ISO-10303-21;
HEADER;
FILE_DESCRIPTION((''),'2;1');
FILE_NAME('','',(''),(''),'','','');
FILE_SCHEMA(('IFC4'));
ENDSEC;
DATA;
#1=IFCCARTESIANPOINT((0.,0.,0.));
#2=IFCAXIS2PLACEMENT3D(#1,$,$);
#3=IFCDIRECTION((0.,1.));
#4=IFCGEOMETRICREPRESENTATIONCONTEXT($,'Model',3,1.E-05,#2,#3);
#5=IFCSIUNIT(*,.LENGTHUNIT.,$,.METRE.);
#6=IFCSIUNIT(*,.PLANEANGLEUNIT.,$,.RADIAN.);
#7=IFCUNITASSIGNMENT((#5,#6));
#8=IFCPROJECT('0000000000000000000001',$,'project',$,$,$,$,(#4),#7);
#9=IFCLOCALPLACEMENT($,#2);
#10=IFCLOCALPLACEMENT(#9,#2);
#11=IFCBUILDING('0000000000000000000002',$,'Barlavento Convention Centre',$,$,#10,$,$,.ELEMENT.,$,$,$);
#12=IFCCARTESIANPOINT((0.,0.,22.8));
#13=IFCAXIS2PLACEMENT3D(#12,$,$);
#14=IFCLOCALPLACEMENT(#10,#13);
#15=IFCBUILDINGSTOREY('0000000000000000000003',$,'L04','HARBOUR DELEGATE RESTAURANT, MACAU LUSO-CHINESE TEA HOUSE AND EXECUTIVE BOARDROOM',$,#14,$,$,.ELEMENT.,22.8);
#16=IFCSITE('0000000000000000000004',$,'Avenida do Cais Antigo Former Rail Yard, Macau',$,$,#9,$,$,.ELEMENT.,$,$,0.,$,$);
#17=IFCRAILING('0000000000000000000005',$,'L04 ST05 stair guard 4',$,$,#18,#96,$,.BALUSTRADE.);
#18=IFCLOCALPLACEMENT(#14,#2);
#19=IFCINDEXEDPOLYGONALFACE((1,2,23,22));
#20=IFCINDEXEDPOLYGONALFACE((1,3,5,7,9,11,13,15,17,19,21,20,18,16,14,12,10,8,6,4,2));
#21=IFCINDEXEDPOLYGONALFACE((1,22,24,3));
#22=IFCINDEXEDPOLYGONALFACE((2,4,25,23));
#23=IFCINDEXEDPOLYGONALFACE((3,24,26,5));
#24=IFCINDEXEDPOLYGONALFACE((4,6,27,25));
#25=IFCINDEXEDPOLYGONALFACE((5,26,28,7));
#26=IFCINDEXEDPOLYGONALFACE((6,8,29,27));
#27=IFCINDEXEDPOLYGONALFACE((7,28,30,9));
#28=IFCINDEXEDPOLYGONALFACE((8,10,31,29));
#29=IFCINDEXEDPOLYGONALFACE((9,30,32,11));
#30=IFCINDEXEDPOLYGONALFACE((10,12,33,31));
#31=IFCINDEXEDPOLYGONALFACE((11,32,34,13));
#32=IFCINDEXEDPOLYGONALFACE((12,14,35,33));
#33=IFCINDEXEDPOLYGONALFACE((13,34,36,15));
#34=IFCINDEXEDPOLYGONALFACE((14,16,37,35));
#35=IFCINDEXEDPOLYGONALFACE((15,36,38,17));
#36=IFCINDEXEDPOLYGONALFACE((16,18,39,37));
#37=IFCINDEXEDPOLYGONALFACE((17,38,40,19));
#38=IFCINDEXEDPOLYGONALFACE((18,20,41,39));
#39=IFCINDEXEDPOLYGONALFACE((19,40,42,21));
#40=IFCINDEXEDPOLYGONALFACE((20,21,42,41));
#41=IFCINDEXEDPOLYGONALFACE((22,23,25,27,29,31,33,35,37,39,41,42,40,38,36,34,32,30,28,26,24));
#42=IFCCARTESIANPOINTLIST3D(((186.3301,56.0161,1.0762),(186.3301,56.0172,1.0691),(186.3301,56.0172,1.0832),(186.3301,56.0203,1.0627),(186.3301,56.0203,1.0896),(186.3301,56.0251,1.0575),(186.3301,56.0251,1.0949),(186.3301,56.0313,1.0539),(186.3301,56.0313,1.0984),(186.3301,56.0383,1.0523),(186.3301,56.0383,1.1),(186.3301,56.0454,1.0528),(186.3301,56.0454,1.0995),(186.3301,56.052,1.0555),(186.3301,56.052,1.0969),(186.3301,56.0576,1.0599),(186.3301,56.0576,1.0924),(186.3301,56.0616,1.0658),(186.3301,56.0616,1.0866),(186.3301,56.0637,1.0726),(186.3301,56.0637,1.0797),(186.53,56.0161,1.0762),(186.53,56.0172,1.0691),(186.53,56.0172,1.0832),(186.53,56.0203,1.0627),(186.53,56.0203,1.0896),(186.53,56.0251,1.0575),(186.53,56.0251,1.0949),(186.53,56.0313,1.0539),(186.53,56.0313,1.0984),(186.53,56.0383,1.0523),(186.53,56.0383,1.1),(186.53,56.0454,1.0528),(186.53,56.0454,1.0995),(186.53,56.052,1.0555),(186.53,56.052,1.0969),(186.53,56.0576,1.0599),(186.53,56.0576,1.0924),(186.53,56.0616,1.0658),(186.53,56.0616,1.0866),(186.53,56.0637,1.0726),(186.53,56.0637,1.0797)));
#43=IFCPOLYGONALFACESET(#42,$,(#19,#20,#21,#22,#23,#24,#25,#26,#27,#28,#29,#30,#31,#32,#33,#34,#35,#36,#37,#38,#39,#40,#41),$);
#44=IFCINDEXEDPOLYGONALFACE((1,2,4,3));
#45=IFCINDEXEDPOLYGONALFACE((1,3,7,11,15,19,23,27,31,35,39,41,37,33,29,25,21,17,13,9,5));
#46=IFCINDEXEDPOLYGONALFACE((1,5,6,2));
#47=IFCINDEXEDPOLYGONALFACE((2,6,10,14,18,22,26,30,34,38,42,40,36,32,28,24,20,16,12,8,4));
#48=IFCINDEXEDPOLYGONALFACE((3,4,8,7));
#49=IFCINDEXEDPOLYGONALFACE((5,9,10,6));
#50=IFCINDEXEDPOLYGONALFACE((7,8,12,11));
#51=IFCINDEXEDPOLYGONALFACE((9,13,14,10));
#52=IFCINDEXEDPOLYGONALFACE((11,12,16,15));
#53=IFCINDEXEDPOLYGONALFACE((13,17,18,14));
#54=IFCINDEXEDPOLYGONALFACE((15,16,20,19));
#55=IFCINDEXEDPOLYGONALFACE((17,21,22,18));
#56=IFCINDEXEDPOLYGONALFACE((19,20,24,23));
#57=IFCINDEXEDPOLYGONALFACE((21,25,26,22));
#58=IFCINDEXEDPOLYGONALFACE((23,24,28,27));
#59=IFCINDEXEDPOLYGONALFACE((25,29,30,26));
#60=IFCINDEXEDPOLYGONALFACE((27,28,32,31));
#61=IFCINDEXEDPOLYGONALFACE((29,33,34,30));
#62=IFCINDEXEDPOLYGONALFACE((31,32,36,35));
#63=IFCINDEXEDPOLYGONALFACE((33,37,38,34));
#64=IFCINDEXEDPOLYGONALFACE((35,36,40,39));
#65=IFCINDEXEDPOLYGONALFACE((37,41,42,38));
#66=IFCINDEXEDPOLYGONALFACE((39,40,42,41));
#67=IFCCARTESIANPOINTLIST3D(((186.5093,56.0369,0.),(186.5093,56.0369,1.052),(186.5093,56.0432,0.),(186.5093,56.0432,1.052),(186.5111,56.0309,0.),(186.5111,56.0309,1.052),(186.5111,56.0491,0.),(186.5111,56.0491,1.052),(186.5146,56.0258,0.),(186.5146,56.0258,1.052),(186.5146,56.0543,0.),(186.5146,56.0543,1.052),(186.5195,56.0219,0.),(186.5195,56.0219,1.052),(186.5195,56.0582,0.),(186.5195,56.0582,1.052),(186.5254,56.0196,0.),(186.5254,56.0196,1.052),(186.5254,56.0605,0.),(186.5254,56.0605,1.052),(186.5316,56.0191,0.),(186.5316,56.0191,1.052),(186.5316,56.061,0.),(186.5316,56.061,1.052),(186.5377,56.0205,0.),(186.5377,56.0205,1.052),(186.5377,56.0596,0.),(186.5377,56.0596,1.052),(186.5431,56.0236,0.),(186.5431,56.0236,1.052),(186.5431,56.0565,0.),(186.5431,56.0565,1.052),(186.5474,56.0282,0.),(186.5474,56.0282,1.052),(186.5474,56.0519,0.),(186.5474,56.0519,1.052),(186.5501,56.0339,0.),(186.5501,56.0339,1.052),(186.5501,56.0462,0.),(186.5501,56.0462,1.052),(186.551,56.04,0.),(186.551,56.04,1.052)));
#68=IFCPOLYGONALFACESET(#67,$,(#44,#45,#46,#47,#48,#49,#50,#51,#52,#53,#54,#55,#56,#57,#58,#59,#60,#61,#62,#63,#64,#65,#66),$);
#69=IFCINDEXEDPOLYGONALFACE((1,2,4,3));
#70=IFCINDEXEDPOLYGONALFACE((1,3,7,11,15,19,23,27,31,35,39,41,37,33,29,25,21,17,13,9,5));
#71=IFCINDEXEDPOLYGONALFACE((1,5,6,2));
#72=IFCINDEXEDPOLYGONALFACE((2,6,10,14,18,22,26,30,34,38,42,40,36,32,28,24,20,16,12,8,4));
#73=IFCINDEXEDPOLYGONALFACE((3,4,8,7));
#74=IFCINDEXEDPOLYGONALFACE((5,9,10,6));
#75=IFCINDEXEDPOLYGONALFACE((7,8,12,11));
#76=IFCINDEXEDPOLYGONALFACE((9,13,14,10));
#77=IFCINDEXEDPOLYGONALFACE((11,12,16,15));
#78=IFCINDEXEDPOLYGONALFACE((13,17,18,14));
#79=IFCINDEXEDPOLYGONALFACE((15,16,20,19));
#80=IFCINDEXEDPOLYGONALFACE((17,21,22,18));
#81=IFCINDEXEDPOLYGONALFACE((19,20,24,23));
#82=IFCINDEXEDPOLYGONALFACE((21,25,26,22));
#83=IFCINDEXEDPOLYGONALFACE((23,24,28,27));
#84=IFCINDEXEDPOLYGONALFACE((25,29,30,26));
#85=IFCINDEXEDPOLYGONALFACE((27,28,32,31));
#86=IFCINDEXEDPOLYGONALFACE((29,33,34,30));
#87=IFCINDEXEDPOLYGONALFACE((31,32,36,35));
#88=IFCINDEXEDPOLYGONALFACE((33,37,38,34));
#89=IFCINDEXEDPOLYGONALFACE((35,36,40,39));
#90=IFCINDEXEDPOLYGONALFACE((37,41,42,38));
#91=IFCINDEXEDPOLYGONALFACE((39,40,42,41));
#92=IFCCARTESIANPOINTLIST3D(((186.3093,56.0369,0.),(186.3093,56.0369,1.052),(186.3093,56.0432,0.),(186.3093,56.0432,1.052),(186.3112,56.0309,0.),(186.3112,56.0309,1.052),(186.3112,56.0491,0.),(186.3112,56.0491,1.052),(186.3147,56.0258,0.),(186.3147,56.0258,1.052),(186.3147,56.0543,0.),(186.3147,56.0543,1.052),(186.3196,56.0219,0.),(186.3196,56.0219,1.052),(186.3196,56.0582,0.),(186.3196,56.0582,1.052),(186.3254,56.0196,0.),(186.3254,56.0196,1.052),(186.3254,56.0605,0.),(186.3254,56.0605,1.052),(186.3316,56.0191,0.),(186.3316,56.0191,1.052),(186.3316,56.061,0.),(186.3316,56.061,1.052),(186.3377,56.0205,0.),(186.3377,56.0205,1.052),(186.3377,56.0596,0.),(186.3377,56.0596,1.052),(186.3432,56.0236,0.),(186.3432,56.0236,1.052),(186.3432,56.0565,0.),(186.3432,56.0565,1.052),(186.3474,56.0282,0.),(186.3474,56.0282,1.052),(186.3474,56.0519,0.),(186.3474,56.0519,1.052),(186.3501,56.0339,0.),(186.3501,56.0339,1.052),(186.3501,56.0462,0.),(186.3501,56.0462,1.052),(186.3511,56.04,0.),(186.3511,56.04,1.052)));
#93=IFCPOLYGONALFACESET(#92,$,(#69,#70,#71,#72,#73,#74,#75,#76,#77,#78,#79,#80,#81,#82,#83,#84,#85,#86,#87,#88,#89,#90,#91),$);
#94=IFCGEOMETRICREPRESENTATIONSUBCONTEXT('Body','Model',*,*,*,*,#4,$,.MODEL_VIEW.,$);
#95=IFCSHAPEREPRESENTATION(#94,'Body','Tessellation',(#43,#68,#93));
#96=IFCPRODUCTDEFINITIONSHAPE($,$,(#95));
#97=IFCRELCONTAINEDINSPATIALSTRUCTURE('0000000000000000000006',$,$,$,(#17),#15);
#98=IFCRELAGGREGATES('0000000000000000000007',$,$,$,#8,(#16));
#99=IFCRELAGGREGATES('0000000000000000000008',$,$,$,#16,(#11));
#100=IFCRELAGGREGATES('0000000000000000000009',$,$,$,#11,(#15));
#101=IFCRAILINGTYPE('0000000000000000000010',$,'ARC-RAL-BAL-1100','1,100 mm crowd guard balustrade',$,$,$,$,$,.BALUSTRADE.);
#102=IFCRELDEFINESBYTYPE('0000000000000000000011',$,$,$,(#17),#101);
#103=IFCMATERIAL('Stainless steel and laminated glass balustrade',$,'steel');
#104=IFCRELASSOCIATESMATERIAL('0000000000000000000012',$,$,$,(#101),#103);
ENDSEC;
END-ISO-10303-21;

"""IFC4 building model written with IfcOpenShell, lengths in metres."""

from ifc_helpers import new_model, si_unit, direction, frame, origin, origin_2d, place, context, subcontext, project, spatial, circle, extrude, material, type_object, element, save


model = new_model("IFC4")

# Units and contexts
model_context = context("Model", 3, precision=1e-05, world=origin(), true_north=direction((0.0, 1.0)))
body_context = subcontext(model_context, "Body", "Model", "MODEL_VIEW")
ifc_project = project(units=[si_unit("LENGTHUNIT", "METRE"), si_unit("PLANEANGLEUNIT", "RADIAN")], contexts=[model_context])

# Site, building, storey
site_placement = place(None, origin())
site = spatial("IfcSite", under=ifc_project, at=site_placement, Name="Avenida do Cais Antigo Former Rail Yard, Macau", CompositionType="ELEMENT", RefElevation=0.0)
building_placement = place(site_placement, origin())
building = spatial("IfcBuilding", under=site, at=building_placement, Name="Barlavento Convention Centre", CompositionType="ELEMENT")
storey_placement = place(building_placement, frame((0.0, 0.0, 22.8)))
storey = spatial("IfcBuildingStorey", under=building, at=storey_placement, Name="L04", Description="HARBOUR DELEGATE RESTAURANT, MACAU LUSO-CHINESE TEA HOUSE AND EXECUTIVE BOARDROOM", CompositionType="ELEMENT", Elevation=22.8)

# Railing
ifc_material_1 = material(Name="Stainless steel and laminated glass balustrade", Category="steel")
railing_type_1 = type_object("IfcRailingType", Name="ARC-RAL-BAL-1100", Description="1,100 mm crowd guard balustrade", PredefinedType="BALUSTRADE", material=ifc_material_1)
railing_1_placement = place(storey_placement, frame((186.53, 56.04, 0.0)))
element("IfcRailing", 1, at=railing_1_placement, inside=storey, type_object=railing_type_1, Name="L04 ST05 stair guard 4", PredefinedType="BALUSTRADE", context=body_context, shape_type="SweptSolid", body=[
    extrude(circle(Radius=0.0239, at=origin_2d()), frame((0.0, 0.0, 1.0762), z_axis=(-1.0, 0.0, 0.0), x_axis=(0.0, -1.0, 0.0)), (0.0, 0.0, 1.0), 0.2),
    extrude(circle(Radius=0.021, at=origin_2d()), origin(), (0.0, 0.0, 1.0), 1.052),
    extrude(circle(Radius=0.021, at=origin_2d()), frame((-0.2, 0.0, 0.0)), (0.0, 0.0, 1.0), 1.052),
])

save(model, "model.ifc")
